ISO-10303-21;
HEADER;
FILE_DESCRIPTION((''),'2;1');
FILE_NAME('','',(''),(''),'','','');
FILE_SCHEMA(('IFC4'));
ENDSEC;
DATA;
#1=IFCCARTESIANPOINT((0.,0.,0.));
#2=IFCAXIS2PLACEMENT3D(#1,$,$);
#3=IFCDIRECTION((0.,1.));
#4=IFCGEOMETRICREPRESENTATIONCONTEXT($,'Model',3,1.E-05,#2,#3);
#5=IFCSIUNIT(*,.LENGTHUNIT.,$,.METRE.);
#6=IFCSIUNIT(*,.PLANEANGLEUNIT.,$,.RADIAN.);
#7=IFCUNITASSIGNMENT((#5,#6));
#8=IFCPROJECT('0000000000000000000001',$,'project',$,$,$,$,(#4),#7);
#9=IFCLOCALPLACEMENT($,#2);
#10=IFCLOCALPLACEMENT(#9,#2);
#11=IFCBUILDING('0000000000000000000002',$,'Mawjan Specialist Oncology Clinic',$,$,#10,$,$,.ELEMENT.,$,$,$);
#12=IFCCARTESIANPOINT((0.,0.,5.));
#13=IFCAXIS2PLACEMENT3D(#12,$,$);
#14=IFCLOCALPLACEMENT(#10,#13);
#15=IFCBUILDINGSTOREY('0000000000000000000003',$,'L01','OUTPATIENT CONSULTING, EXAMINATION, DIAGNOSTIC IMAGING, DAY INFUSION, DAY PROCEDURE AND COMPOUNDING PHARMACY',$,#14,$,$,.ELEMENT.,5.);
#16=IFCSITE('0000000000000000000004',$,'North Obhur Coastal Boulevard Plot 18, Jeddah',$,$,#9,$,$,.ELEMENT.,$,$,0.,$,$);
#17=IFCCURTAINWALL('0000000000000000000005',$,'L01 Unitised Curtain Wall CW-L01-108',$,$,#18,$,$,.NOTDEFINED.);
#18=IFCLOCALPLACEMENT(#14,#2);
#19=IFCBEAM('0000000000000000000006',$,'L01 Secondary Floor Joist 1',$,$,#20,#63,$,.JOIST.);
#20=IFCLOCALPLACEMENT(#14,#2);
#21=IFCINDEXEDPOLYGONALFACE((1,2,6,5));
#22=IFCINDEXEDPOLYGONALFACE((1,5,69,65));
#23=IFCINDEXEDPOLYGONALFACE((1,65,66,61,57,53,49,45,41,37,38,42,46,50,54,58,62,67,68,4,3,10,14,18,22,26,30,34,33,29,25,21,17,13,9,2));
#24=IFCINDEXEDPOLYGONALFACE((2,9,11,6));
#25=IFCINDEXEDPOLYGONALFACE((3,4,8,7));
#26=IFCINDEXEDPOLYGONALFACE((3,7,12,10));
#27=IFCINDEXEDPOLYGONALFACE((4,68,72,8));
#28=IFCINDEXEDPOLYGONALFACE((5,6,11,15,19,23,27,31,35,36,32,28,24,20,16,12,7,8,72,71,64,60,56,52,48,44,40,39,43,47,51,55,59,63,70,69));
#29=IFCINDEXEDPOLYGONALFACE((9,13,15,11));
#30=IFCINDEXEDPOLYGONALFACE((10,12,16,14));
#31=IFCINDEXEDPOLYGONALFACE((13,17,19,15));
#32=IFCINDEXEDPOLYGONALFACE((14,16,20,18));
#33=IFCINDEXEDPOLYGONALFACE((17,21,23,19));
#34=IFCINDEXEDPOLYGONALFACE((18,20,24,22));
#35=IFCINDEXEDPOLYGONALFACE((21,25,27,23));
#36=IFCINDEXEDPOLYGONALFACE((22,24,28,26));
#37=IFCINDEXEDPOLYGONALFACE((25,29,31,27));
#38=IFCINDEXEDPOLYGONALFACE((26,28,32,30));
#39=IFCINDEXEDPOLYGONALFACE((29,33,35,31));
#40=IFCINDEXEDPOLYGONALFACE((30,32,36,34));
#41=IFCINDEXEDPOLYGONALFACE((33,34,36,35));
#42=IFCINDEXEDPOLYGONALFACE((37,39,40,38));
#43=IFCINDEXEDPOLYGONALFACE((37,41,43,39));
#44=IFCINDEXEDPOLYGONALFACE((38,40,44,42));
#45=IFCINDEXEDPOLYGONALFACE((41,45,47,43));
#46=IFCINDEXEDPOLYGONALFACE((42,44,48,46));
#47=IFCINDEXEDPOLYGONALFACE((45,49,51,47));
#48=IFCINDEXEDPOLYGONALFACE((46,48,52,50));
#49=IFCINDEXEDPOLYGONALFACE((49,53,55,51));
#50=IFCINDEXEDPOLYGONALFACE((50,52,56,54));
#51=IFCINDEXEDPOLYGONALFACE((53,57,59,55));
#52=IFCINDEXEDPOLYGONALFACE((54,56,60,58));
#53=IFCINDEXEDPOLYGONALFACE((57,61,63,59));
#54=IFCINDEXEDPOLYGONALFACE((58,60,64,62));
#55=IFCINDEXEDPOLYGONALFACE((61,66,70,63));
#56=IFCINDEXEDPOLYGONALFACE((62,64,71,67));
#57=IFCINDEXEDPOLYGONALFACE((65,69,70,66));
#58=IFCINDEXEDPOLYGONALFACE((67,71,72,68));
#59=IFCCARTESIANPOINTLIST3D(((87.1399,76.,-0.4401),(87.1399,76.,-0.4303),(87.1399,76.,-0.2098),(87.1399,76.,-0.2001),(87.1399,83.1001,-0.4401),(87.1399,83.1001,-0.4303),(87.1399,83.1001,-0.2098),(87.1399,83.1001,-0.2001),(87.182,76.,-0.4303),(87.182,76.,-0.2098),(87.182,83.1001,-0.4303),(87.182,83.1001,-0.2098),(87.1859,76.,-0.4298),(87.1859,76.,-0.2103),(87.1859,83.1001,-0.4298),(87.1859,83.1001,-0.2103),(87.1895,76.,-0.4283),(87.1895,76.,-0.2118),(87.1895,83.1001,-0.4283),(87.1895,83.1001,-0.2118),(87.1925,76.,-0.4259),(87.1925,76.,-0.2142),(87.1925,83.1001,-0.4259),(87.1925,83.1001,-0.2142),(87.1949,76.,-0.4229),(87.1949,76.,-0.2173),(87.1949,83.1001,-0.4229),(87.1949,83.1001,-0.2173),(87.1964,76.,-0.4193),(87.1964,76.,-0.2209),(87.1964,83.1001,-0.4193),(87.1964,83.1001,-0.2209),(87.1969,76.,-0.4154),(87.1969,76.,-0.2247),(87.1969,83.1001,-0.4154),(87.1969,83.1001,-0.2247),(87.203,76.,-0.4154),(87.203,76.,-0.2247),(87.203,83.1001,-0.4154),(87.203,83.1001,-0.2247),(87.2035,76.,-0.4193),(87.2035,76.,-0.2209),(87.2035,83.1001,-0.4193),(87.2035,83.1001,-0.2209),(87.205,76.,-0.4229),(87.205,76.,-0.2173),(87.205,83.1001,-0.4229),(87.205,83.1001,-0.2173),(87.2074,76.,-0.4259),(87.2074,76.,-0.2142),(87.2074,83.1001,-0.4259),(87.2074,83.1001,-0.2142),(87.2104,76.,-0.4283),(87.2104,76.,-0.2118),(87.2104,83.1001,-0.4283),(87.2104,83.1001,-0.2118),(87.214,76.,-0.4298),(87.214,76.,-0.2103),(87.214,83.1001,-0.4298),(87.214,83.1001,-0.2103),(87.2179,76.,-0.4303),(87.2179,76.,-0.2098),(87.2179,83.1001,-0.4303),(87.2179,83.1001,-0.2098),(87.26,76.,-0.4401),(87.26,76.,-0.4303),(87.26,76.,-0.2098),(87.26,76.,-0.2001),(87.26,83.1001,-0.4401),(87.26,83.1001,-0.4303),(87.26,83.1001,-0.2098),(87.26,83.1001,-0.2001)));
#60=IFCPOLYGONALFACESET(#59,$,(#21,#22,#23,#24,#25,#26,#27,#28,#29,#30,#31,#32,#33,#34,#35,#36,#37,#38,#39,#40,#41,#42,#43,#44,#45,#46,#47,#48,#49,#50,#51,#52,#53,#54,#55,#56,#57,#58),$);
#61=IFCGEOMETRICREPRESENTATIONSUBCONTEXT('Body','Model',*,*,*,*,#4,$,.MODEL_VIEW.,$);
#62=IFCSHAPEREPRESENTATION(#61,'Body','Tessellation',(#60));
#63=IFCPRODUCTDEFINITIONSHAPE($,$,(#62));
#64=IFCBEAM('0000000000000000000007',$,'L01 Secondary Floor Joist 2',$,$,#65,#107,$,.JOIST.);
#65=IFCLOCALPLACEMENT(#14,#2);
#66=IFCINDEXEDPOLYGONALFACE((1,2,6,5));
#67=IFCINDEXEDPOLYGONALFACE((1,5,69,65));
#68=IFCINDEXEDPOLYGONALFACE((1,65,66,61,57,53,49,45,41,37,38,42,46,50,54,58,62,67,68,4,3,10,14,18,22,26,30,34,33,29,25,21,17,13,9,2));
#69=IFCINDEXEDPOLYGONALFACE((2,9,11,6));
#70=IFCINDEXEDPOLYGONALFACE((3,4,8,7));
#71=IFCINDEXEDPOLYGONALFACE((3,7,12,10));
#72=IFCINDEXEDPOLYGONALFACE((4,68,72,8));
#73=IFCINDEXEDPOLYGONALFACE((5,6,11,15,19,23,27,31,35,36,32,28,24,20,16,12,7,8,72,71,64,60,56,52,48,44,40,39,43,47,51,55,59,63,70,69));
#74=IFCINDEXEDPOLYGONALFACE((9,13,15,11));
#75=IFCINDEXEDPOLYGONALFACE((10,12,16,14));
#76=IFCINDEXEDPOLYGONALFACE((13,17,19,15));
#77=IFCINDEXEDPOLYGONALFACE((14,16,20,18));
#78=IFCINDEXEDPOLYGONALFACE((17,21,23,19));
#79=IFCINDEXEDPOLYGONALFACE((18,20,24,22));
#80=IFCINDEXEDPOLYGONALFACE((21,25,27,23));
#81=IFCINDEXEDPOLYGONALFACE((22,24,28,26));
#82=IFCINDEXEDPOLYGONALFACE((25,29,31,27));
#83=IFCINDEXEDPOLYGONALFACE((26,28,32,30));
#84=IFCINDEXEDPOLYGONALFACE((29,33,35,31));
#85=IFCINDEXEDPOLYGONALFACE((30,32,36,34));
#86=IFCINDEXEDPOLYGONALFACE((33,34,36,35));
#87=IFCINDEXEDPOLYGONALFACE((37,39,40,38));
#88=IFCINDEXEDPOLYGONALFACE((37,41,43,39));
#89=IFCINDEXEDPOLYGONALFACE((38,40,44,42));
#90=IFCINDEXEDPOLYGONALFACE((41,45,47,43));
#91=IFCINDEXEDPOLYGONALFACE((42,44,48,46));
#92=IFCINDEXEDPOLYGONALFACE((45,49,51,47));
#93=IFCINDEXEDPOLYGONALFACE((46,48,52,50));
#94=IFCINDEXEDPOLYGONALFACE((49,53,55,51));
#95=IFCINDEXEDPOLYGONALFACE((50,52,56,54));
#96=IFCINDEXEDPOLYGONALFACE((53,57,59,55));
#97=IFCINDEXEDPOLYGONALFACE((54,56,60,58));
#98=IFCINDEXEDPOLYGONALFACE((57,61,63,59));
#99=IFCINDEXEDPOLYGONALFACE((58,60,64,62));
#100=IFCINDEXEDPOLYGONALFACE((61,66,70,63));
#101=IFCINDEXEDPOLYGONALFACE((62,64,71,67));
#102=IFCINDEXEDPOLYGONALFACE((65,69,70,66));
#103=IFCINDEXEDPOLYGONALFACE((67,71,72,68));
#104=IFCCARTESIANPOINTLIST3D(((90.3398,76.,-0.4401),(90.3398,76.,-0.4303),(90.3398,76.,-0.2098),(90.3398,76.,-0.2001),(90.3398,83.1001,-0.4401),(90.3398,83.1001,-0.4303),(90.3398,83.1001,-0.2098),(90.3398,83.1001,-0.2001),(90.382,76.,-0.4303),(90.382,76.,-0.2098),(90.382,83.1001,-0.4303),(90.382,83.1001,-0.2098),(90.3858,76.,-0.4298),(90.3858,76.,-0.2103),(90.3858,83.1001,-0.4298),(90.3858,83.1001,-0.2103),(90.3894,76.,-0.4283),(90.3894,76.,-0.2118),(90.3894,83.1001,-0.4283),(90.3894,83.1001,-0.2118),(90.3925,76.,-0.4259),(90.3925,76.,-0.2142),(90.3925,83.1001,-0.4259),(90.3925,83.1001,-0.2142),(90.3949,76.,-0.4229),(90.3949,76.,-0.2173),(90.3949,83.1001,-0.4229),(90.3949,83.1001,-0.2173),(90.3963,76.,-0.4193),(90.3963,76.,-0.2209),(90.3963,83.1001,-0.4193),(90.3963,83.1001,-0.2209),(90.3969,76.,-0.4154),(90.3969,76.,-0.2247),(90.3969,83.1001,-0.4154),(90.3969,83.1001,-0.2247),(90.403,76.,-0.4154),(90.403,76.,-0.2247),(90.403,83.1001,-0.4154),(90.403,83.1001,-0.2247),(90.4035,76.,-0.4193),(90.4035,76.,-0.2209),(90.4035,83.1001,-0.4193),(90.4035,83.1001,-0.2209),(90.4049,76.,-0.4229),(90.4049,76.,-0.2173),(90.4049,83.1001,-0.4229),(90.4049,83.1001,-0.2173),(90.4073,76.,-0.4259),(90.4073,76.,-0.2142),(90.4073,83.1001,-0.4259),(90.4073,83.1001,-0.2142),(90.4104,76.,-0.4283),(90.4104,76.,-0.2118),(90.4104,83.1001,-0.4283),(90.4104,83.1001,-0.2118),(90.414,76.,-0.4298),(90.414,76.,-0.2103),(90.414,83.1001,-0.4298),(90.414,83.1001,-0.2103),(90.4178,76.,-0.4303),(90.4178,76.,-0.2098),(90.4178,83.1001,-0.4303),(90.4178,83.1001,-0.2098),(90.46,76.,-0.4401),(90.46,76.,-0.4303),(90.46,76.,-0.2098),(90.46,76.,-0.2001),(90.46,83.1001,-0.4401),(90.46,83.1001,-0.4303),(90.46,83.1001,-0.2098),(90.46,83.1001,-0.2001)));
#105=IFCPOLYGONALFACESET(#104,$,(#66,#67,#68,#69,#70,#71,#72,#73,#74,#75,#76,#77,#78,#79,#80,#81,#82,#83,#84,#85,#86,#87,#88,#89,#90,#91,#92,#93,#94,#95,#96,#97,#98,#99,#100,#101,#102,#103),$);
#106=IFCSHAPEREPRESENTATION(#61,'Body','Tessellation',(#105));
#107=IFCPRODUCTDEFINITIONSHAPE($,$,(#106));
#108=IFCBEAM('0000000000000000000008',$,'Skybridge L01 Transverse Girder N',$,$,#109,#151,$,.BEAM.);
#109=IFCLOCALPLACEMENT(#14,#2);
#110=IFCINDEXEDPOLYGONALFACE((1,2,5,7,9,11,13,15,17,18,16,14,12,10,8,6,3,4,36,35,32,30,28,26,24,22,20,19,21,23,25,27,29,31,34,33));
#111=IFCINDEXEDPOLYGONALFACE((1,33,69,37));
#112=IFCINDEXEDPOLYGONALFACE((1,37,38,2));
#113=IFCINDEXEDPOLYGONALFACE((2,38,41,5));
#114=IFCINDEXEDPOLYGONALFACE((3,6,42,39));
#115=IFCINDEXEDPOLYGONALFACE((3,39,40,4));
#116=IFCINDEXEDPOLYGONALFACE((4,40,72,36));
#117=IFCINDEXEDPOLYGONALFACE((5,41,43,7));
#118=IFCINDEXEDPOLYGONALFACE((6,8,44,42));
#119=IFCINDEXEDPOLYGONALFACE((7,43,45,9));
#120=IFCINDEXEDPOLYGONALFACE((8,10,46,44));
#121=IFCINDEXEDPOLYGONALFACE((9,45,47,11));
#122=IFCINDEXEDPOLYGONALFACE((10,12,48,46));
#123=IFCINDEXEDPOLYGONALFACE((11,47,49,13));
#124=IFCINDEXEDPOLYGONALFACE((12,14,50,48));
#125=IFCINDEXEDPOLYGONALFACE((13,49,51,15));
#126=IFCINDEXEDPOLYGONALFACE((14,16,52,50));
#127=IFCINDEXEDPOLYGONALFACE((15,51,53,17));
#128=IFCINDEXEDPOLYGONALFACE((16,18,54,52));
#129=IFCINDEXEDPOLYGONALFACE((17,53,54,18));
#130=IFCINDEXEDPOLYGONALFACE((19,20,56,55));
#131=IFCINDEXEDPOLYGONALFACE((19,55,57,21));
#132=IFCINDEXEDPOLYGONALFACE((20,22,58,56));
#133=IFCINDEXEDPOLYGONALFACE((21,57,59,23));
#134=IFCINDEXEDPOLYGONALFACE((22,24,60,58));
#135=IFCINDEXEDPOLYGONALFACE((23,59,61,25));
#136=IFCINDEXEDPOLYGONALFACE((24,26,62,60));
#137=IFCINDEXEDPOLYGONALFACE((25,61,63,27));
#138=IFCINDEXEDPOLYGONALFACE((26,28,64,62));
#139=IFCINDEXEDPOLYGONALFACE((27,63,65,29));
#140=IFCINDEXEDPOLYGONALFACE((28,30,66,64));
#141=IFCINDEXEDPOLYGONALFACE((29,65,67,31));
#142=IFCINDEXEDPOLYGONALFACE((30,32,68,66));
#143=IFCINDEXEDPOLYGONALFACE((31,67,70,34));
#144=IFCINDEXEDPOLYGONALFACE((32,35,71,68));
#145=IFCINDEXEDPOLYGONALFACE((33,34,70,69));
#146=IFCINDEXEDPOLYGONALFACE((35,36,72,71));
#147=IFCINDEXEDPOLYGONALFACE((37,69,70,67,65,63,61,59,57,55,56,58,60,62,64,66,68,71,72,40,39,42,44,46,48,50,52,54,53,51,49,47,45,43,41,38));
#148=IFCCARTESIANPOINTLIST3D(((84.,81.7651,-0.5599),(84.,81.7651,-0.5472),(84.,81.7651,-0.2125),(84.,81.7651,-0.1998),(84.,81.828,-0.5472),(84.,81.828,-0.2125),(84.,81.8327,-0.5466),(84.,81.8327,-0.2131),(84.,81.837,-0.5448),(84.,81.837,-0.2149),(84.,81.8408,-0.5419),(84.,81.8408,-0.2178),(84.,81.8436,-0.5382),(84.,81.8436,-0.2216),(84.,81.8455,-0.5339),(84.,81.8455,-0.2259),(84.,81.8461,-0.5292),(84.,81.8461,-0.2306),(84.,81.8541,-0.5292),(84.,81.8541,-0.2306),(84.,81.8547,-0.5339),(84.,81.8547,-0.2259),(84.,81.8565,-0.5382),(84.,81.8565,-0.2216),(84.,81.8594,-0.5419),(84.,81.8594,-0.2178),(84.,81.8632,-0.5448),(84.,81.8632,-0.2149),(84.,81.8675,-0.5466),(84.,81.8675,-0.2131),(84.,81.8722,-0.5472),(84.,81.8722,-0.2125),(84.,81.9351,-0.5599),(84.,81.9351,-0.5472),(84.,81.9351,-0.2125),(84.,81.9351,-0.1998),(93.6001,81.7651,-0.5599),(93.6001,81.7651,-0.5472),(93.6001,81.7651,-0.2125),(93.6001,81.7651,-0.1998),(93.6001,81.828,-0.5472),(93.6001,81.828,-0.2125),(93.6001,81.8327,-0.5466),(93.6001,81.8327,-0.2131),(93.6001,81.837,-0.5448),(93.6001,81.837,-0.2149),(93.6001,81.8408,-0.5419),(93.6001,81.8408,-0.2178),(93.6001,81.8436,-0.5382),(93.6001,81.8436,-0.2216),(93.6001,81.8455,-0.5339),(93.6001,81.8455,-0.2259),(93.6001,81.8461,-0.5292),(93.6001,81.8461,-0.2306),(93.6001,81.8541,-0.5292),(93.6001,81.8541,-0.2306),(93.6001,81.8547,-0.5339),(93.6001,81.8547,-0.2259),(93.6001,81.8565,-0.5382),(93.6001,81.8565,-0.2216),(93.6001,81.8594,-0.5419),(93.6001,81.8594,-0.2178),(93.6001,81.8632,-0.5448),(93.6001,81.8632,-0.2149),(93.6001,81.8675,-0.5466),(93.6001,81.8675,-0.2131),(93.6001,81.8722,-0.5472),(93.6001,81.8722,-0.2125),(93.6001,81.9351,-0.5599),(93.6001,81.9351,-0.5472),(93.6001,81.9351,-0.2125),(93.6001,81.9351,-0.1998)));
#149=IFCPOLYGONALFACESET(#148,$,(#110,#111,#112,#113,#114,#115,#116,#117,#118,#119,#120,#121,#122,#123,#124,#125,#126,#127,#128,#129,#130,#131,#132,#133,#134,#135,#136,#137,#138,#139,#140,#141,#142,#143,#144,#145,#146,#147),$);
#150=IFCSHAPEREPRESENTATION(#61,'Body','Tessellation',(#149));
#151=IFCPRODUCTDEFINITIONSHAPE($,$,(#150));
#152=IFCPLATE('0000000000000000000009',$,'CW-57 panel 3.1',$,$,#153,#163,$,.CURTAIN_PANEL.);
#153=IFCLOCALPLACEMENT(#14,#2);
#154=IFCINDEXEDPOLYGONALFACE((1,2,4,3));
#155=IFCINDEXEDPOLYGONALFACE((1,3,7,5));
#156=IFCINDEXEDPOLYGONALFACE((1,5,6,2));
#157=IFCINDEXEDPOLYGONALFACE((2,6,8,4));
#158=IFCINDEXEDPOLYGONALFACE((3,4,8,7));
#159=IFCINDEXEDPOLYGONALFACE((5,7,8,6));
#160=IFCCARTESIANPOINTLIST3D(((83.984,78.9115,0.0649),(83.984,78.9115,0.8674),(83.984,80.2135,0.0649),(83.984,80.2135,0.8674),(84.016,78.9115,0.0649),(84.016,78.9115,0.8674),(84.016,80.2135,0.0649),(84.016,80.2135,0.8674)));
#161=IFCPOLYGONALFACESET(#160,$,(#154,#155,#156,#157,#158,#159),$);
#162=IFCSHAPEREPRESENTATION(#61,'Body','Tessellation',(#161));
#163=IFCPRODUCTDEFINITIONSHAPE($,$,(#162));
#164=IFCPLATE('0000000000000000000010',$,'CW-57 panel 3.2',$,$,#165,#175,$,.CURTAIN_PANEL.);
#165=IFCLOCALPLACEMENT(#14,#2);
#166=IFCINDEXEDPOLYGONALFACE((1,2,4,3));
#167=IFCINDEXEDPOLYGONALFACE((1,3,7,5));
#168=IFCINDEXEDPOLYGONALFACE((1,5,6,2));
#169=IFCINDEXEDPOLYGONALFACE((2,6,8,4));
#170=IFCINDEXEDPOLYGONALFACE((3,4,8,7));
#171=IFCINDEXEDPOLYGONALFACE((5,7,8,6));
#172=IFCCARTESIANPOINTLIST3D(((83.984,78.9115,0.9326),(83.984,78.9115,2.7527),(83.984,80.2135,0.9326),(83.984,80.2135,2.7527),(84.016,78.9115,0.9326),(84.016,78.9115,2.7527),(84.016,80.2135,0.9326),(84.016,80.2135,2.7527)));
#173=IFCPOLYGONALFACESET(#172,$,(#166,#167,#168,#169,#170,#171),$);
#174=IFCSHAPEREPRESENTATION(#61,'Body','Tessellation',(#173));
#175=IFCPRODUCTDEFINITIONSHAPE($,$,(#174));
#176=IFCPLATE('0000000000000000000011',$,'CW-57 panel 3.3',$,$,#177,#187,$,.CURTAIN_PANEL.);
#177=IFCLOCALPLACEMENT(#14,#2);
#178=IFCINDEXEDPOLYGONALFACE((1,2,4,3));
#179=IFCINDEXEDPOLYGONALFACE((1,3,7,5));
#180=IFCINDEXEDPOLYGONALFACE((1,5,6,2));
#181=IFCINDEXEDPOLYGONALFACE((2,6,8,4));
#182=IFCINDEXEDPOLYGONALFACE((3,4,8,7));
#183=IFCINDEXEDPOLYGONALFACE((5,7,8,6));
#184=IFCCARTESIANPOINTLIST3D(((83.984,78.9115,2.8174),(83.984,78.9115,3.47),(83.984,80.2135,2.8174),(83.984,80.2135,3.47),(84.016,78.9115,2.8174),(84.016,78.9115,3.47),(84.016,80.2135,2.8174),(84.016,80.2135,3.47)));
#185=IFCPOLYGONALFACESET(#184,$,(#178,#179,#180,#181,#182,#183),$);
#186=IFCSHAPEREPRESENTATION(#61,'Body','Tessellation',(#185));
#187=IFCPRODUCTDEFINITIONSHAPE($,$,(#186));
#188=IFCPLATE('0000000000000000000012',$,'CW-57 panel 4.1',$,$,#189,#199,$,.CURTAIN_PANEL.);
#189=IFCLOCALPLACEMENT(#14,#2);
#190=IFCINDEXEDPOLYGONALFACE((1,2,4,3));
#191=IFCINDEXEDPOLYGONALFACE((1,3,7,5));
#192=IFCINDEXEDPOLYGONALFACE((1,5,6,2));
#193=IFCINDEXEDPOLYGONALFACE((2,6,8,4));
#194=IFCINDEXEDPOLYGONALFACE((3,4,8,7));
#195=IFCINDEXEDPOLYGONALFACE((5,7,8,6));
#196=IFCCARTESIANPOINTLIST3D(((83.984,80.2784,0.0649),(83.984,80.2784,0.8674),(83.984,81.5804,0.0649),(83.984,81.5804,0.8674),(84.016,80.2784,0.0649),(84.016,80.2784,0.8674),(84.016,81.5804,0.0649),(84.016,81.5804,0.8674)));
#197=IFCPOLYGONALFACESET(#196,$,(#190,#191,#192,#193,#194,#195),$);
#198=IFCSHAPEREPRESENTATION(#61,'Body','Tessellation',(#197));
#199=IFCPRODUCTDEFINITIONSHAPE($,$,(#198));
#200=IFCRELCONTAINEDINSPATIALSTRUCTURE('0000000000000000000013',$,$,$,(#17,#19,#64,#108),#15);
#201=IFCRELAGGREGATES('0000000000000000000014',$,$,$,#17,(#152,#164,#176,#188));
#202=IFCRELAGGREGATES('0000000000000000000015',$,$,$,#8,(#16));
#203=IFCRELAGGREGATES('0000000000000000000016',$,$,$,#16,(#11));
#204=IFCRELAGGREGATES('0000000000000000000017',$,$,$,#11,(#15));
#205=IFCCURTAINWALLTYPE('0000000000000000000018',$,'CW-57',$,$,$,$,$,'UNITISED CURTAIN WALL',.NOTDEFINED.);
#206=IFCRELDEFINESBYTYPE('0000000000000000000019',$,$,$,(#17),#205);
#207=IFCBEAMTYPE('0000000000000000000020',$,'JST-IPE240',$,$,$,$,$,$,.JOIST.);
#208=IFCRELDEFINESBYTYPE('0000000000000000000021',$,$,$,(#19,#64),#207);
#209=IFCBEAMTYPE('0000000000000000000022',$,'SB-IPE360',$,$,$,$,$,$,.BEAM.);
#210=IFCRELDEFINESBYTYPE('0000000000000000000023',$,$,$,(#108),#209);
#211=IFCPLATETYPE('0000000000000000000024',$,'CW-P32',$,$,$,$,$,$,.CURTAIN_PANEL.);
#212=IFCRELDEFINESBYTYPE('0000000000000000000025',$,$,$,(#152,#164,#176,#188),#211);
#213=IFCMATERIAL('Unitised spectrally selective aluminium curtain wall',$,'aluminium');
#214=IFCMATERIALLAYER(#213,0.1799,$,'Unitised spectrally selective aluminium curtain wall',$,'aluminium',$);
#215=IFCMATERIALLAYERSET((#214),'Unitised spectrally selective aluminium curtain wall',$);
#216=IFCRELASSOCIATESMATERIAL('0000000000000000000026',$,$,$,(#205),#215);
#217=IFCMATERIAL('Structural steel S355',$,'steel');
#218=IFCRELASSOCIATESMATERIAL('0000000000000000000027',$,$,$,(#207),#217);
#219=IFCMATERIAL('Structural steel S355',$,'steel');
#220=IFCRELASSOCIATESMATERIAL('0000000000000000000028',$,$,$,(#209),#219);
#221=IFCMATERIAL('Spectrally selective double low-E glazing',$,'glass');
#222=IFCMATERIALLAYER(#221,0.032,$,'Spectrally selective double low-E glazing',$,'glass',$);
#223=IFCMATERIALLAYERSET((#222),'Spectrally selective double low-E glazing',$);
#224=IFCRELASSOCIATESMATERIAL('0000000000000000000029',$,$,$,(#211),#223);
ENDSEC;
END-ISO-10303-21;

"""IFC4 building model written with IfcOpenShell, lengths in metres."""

from ifc_helpers import new_model, si_unit, direction, frame, origin, origin_2d, place, context, subcontext, project, spatial, rectangle, i_section, extrude, material, layer, layer_set, material_profile, profile_set, type_object, element, aggregate, save


model = new_model("IFC4")

# Units and contexts
model_context = context("Model", 3, precision=1e-05, world=origin(), true_north=direction((0.0, 1.0)))
body_context = subcontext(model_context, "Body", "Model", "MODEL_VIEW")
ifc_project = project(units=[si_unit("LENGTHUNIT", "METRE"), si_unit("PLANEANGLEUNIT", "RADIAN")], contexts=[model_context])

# Site, building, storey
site_placement = place(None, origin())
site = spatial("IfcSite", under=ifc_project, at=site_placement, Name="North Obhur Coastal Boulevard Plot 18, Jeddah", CompositionType="ELEMENT", RefElevation=0.0)
building_placement = place(site_placement, origin())
building = spatial("IfcBuilding", under=site, at=building_placement, Name="Mawjan Specialist Oncology Clinic", CompositionType="ELEMENT")
storey_placement = place(building_placement, frame((0.0, 0.0, 5.0)))
storey = spatial("IfcBuildingStorey", under=building, at=storey_placement, Name="L01", Description="OUTPATIENT CONSULTING, EXAMINATION, DIAGNOSTIC IMAGING, DAY INFUSION, DAY PROCEDURE AND COMPOUNDING PHARMACY", CompositionType="ELEMENT", Elevation=5.0)

# Curtain wall
ifc_material_1 = material(Name="Unitised spectrally selective aluminium curtain wall", Category="aluminium")
ifc_layer_1 = layer(ifc_material_1, 0.1799, Name="Unitised spectrally selective aluminium curtain wall", Category="aluminium")
ifc_layer_set_1 = layer_set([ifc_layer_1], Name="Unitised spectrally selective aluminium curtain wall")
curtain_wall_type = type_object("IfcCurtainWallType", Name="CW-57", ElementType="UNITISED CURTAIN WALL", PredefinedType="NOTDEFINED", material=ifc_layer_set_1)
curtain_wall_placement = place(storey_placement, origin())
curtain_wall = element("IfcCurtainWall", 1, at=curtain_wall_placement, inside=storey, type_object=curtain_wall_type, Name="L01 Unitised Curtain Wall CW-L01-108", PredefinedType="NOTDEFINED")

# Beams
ifc_material_2 = material(Name="Structural steel S355", Category="steel")
ifc_material_profile_1 = material_profile(ifc_material_2, i_section(OverallWidth=0.1201, OverallDepth=0.24, WebThickness=0.0061, FlangeThickness=0.0098, FilletRadius=0.0149, at=origin_2d()), Name="IPE 240", Category="steel")
ifc_profile_set_1 = profile_set([ifc_material_profile_1], Name="Structural steel S355")
beam_type_1 = type_object("IfcBeamType", Name="JST-IPE240", PredefinedType="JOIST", material=ifc_profile_set_1)
for number, where, z_axis, x_axis, name in (
    (2, (87.2, 76.0, -0.3201), (0.0, 1.0, 0.0), (-1.0, 0.0, 0.0), "L01 Secondary Floor Joist 1"),
    (3, (90.3999, 76.0, -0.3201), (0.0, 1.0, 0.0), (-1.0, 0.0, 0.0), "L01 Secondary Floor Joist 2"),
):
    element("IfcBeam", number, at=place(storey_placement, frame(where, z_axis=z_axis, x_axis=x_axis)), inside=storey, type_object=beam_type_1, Name=name, PredefinedType="JOIST", context=body_context, shape_type="SweptSolid", body=[
        extrude(i_section(OverallWidth=0.1201, OverallDepth=0.24, WebThickness=0.0061, FlangeThickness=0.0098, FilletRadius=0.0149, at=origin_2d()), origin(), (0.0, 0.0, 1.0), 7.1001),
    ])
ifc_material_3 = material(Name="Structural steel S355", Category="steel")
ifc_material_profile_2 = material_profile(ifc_material_3, i_section(OverallWidth=0.1699, OverallDepth=0.3601, WebThickness=0.0081, FlangeThickness=0.0127, FilletRadius=0.0181, at=origin_2d()), Name="IPE 360", Category="steel")
ifc_profile_set_2 = profile_set([ifc_material_profile_2], Name="Structural steel S355")
beam_type_2 = type_object("IfcBeamType", Name="SB-IPE360", PredefinedType="BEAM", material=ifc_profile_set_2)
beam_1_placement = place(storey_placement, frame((84.0, 81.8501, -0.3799), z_axis=(1.0, 0.0, 0.0), x_axis=(0.0, 1.0, 0.0)))
element("IfcBeam", 4, at=beam_1_placement, inside=storey, type_object=beam_type_2, Name="Skybridge L01 Transverse Girder N", PredefinedType="BEAM", context=body_context, shape_type="SweptSolid", body=[
    extrude(i_section(OverallWidth=0.1699, OverallDepth=0.3601, WebThickness=0.0081, FlangeThickness=0.0127, FilletRadius=0.0181, at=origin_2d()), origin(), (0.0, 0.0, 1.0), 9.6001),
])

# Plates
ifc_material_4 = material(Name="Spectrally selective double low-E glazing", Category="glass")
ifc_layer_2 = layer(ifc_material_4, 0.032, Name="Spectrally selective double low-E glazing", Category="glass")
ifc_layer_set_2 = layer_set([ifc_layer_2], Name="Spectrally selective double low-E glazing")
plate_type = type_object("IfcPlateType", Name="CW-P32", PredefinedType="CURTAIN_PANEL", material=ifc_layer_set_2)
plate_1_placement = place(storey_placement, frame((84.0, 79.5625, 0.0649), z_axis=(0.0, 0.0, 1.0), x_axis=(0.0, 1.0, 0.0)))
plate_1 = element("IfcPlate", 5, at=plate_1_placement, type_object=plate_type, Name="CW-57 panel 3.1", PredefinedType="CURTAIN_PANEL", context=body_context, shape_type="SweptSolid", body=[
    extrude(rectangle(XDim=1.302, YDim=0.032, at=origin_2d()), origin(), (0.0, 0.0, 1.0), 0.8025),
])
plate_2_placement = place(storey_placement, frame((84.0, 79.5625, 0.9326), z_axis=(0.0, 0.0, 1.0), x_axis=(0.0, 1.0, 0.0)))
plate_2 = element("IfcPlate", 6, at=plate_2_placement, type_object=plate_type, Name="CW-57 panel 3.2", PredefinedType="CURTAIN_PANEL", context=body_context, shape_type="SweptSolid", body=[
    extrude(rectangle(XDim=1.302, YDim=0.032, at=origin_2d()), origin(), (0.0, 0.0, 1.0), 1.8201),
])
plate_3_placement = place(storey_placement, frame((84.0, 79.5625, 2.8174), z_axis=(0.0, 0.0, 1.0), x_axis=(0.0, 1.0, 0.0)))
plate_3 = element("IfcPlate", 7, at=plate_3_placement, type_object=plate_type, Name="CW-57 panel 3.3", PredefinedType="CURTAIN_PANEL", context=body_context, shape_type="SweptSolid", body=[
    extrude(rectangle(XDim=1.302, YDim=0.032, at=origin_2d()), origin(), (0.0, 0.0, 1.0), 0.6526),
])
plate_4_placement = place(storey_placement, frame((84.0, 80.9294, 0.0649), z_axis=(0.0, 0.0, 1.0), x_axis=(0.0, 1.0, 0.0)))
plate_4 = element("IfcPlate", 8, at=plate_4_placement, type_object=plate_type, Name="CW-57 panel 4.1", PredefinedType="CURTAIN_PANEL", context=body_context, shape_type="SweptSolid", body=[
    extrude(rectangle(XDim=1.302, YDim=0.032, at=origin_2d()), origin(), (0.0, 0.0, 1.0), 0.8025),
])
aggregate(curtain_wall, [plate_1, plate_2, plate_3, plate_4])

save(model, "model.ifc")
